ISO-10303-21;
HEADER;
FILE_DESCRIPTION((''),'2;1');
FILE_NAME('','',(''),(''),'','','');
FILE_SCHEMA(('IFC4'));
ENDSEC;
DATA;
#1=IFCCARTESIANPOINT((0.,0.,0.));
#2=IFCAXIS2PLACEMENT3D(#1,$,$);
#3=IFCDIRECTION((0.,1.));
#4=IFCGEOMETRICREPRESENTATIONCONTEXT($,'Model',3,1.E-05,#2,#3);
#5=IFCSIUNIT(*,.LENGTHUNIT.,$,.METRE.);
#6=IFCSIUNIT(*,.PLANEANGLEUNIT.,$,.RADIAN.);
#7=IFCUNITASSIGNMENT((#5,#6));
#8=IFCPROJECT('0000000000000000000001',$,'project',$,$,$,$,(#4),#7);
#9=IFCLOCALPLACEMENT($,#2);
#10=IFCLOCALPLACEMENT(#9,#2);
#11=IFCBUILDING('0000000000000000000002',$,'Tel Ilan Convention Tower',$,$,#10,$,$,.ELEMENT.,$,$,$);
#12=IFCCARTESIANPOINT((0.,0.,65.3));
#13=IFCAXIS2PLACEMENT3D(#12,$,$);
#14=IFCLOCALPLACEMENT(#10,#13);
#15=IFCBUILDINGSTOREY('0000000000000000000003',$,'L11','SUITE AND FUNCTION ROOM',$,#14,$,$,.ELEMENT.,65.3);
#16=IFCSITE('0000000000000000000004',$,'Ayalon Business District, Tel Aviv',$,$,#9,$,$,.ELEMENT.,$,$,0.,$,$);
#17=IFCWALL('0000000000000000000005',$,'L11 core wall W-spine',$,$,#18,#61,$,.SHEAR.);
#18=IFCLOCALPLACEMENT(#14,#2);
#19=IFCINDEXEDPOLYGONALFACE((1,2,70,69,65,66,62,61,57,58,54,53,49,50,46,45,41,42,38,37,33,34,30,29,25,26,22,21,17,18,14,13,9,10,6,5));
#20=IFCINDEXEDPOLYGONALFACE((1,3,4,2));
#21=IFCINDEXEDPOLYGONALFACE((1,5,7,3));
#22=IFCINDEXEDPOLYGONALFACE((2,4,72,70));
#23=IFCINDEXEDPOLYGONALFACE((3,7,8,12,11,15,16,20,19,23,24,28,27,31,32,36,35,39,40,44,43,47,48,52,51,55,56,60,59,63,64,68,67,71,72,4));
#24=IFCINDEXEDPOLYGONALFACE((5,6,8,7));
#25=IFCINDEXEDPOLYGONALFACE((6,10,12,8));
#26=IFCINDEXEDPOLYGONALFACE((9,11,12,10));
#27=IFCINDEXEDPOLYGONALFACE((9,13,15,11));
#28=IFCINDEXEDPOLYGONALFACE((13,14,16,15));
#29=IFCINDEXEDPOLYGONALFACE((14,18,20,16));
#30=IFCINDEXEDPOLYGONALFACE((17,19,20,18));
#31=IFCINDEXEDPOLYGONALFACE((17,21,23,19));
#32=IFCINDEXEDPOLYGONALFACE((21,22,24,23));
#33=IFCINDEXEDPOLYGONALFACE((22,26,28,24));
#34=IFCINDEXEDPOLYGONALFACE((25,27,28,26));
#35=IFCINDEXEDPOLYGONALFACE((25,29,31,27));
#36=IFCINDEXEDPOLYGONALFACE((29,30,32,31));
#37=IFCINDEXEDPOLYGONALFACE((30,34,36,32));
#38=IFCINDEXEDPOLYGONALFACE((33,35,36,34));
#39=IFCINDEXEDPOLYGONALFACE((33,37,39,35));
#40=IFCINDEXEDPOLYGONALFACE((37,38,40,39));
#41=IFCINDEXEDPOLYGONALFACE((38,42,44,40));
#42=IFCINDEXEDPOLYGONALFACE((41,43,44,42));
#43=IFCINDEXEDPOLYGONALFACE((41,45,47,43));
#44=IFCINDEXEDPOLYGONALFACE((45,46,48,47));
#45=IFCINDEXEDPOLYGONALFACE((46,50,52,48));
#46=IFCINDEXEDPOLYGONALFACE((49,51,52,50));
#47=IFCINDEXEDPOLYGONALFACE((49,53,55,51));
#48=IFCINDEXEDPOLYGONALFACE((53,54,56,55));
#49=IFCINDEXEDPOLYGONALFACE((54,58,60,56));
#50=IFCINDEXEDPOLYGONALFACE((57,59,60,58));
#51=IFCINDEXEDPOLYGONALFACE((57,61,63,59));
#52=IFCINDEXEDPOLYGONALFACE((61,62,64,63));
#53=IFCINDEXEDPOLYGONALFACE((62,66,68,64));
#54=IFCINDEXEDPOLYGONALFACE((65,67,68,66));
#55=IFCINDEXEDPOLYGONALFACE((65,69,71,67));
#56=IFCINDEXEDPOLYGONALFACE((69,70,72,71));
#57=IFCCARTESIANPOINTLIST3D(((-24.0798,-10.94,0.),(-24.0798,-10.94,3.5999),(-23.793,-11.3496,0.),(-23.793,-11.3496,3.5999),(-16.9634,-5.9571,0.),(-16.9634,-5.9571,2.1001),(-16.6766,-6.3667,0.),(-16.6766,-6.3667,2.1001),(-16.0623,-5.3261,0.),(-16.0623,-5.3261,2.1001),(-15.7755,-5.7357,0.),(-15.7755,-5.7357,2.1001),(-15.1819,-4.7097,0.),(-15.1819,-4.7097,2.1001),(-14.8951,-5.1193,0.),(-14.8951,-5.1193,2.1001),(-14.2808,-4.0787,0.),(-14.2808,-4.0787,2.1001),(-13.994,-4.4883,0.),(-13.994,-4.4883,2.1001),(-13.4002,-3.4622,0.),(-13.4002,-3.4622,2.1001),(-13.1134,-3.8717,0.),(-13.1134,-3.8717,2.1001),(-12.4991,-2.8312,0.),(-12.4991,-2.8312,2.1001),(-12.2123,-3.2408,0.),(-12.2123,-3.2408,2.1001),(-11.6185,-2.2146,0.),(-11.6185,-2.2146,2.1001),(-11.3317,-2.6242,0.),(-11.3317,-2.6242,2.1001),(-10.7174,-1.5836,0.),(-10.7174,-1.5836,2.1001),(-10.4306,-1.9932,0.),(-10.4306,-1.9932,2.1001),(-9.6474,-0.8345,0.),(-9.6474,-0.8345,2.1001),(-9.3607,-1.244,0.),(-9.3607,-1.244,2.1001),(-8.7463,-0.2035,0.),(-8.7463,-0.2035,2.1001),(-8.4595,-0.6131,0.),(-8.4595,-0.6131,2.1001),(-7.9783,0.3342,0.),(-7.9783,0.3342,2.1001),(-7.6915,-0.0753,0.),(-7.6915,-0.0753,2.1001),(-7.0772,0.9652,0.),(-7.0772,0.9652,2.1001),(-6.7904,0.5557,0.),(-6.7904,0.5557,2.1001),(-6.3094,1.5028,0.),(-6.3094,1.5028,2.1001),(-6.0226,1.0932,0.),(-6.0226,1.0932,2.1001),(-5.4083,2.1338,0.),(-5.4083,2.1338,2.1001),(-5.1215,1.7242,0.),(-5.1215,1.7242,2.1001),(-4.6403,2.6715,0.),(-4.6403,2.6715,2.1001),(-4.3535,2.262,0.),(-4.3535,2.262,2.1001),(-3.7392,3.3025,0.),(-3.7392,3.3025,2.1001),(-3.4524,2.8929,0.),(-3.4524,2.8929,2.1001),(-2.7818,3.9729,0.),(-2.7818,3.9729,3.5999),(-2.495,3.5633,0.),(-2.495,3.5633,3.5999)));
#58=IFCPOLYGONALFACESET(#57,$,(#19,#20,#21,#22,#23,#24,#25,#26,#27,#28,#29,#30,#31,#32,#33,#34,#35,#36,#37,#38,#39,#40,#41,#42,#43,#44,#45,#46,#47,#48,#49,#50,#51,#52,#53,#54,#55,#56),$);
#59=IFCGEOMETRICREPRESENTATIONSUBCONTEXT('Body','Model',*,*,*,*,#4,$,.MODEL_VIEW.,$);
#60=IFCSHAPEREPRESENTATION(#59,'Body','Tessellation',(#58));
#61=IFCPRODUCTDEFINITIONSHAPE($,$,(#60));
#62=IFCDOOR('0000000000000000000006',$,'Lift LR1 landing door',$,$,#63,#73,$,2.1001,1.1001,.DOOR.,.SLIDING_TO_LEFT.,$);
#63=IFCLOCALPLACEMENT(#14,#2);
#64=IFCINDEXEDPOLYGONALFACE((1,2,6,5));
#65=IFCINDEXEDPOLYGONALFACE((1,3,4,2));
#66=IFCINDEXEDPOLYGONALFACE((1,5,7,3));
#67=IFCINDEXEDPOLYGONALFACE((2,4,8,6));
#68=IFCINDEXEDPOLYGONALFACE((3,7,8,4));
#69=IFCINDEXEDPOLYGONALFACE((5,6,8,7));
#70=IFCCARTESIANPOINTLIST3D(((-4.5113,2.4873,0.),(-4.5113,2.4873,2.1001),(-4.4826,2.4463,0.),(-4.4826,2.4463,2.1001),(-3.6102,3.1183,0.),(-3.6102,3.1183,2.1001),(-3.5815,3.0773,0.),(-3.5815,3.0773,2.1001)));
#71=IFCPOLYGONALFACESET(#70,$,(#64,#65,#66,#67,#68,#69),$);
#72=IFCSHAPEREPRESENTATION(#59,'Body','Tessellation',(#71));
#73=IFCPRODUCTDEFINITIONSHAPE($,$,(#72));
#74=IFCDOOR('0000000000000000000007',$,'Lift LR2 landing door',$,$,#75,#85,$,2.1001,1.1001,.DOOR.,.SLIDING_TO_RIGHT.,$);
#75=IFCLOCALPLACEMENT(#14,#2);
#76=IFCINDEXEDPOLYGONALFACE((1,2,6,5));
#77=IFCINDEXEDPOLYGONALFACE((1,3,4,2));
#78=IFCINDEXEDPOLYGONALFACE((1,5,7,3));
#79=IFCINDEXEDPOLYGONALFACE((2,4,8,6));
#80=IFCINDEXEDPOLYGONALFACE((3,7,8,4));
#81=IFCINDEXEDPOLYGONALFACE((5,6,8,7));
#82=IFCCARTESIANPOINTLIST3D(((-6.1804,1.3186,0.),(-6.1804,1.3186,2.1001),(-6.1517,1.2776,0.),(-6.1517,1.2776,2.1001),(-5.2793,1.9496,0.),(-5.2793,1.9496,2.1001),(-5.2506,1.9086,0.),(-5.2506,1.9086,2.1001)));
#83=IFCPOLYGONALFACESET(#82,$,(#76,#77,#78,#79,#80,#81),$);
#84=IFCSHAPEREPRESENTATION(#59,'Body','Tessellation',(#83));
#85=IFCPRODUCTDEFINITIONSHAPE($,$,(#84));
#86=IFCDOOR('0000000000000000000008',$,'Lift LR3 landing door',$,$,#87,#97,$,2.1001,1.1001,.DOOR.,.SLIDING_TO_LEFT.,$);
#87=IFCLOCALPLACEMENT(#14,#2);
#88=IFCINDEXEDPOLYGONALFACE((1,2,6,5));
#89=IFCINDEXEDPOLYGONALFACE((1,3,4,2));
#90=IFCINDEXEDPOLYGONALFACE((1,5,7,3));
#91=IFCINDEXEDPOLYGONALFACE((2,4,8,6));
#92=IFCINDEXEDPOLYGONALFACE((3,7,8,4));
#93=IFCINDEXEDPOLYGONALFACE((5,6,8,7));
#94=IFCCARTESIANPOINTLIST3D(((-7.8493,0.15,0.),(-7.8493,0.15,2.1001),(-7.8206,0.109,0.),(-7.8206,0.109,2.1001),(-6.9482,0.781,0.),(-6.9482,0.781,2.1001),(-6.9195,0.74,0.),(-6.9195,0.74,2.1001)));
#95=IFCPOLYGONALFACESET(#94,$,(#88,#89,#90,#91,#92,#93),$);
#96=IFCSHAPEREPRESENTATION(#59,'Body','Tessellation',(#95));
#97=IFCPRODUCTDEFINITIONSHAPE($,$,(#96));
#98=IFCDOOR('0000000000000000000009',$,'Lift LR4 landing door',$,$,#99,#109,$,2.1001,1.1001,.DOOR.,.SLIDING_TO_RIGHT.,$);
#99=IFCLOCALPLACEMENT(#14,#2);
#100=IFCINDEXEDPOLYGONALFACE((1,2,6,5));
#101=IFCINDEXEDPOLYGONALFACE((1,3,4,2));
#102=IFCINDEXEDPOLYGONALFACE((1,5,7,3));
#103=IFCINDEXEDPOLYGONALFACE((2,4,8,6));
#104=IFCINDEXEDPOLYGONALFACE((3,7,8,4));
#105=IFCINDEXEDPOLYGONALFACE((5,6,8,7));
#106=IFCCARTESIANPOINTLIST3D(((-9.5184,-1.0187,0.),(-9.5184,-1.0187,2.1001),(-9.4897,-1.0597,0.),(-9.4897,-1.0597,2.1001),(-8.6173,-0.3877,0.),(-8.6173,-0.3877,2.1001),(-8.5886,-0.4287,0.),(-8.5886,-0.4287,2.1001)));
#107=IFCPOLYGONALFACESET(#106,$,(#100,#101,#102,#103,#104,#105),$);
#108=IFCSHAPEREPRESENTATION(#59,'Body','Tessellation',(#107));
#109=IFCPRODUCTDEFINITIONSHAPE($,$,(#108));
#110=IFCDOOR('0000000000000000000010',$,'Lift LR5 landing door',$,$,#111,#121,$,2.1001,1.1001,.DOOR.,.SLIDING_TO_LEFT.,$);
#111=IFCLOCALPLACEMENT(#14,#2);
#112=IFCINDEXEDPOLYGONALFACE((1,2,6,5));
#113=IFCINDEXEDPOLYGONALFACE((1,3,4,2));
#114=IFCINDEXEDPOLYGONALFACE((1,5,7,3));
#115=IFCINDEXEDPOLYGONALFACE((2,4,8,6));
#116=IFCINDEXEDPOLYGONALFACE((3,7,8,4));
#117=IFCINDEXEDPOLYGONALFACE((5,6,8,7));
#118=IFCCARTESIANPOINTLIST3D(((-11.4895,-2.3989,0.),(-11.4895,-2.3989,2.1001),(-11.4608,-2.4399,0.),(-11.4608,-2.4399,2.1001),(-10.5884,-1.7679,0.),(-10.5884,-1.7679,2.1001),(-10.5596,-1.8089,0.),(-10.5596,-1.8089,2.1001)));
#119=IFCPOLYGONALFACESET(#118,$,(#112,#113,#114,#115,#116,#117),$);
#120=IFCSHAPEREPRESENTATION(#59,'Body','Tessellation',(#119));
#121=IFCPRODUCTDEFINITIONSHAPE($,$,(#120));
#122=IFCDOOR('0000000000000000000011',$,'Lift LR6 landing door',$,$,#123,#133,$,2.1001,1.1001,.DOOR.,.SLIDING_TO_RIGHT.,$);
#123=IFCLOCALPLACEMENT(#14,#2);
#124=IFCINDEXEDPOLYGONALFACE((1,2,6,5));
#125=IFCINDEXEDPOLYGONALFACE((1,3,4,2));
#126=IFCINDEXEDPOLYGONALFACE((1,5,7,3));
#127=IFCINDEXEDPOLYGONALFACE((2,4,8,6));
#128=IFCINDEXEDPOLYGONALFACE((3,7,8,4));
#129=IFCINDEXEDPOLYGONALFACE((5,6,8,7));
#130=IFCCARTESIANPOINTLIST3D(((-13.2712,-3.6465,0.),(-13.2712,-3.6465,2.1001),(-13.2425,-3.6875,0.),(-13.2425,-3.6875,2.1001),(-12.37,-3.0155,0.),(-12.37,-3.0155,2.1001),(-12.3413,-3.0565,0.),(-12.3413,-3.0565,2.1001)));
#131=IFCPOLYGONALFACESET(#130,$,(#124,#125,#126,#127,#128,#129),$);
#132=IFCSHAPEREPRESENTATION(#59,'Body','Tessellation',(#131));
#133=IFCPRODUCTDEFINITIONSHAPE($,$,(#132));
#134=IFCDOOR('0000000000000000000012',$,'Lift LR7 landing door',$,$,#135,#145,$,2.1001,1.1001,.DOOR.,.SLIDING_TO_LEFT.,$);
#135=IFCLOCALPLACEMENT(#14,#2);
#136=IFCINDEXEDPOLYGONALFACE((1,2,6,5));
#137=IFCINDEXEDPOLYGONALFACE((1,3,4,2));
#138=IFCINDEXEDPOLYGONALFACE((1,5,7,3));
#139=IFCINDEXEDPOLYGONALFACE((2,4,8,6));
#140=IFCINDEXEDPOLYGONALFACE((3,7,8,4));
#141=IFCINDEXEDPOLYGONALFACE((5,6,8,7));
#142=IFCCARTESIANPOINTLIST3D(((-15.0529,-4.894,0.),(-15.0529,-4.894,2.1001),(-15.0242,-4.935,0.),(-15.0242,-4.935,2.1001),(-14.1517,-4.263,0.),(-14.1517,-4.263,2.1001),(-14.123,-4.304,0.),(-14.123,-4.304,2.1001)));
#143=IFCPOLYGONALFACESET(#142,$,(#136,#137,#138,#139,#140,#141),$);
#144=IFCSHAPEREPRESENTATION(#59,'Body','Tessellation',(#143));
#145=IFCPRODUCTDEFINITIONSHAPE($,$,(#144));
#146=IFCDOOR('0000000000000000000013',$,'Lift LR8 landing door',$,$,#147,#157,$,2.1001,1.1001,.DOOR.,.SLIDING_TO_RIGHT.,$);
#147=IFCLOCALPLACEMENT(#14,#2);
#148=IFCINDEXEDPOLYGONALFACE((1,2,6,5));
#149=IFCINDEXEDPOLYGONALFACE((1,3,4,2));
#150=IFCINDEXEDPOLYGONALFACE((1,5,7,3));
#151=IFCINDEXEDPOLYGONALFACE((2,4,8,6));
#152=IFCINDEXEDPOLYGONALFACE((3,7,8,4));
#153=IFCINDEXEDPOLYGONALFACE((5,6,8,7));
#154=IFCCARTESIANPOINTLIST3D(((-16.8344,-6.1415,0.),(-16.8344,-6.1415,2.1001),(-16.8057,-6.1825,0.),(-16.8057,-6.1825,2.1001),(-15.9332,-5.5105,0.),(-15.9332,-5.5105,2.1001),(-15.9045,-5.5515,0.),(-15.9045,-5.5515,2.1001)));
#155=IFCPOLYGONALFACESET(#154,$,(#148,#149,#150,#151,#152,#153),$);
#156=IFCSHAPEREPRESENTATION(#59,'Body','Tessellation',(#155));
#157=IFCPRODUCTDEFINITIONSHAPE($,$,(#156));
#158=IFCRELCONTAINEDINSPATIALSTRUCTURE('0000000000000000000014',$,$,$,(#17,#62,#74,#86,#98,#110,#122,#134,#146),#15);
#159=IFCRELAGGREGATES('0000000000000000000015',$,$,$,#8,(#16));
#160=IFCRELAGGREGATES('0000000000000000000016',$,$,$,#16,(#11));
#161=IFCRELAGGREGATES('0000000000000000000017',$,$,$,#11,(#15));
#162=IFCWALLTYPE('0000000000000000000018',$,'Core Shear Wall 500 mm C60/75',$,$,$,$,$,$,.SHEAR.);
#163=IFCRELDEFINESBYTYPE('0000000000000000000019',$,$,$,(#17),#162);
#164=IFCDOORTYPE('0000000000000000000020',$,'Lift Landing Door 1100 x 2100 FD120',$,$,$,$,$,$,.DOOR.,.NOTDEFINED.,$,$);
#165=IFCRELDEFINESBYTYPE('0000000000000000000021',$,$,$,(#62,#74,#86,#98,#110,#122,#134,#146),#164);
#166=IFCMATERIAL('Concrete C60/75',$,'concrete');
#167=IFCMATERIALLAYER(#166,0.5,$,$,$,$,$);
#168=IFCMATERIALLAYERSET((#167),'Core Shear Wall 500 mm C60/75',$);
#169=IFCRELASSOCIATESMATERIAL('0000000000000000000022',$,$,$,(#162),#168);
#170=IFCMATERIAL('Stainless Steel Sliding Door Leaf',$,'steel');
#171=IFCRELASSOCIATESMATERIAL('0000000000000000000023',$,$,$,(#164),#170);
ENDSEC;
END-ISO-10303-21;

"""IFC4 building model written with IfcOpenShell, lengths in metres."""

from ifc_helpers import new_model, si_unit, direction, frame, frame_2d, origin, place, context, subcontext, project, spatial, polyline, rectangle, outline, extrude, material, layer, layer_set, type_object, element, fill, save


model = new_model("IFC4")

# Units and contexts
model_context = context("Model", 3, precision=1e-05, world=origin(), true_north=direction((0.0, 1.0)))
body_context = subcontext(model_context, "Body", "Model", "MODEL_VIEW")
ifc_project = project(units=[si_unit("LENGTHUNIT", "METRE"), si_unit("PLANEANGLEUNIT", "RADIAN")], contexts=[model_context])

# Site, building, storey
site_placement = place(None, origin())
site = spatial("IfcSite", under=ifc_project, at=site_placement, Name="Ayalon Business District, Tel Aviv", CompositionType="ELEMENT", RefElevation=0.0)
building_placement = place(site_placement, origin())
building = spatial("IfcBuilding", under=site, at=building_placement, Name="Tel Ilan Convention Tower", CompositionType="ELEMENT")
storey_placement = place(building_placement, frame((0.0, 0.0, 65.3)))
storey = spatial("IfcBuildingStorey", under=building, at=storey_placement, Name="L11", Description="SUITE AND FUNCTION ROOM", CompositionType="ELEMENT", Elevation=65.3)

# Wall, openings, doors
ifc_material_1 = material(Name="Concrete C60/75", Category="concrete")
ifc_layer_1 = layer(ifc_material_1, 0.5)
ifc_layer_set_1 = layer_set([ifc_layer_1], Name="Core Shear Wall 500 mm C60/75")
wall_type_1 = type_object("IfcWallType", Name="Core Shear Wall 500 mm C60/75", PredefinedType="SHEAR", material=ifc_layer_set_1)
wall_1_placement = place(storey_placement, frame((-2.6384, 3.7681, 0.0), z_axis=(0.0, 0.0, 1.0), x_axis=(-0.819149, -0.573581, 0.0)))
wall_1 = element("IfcWall", 1, at=wall_1_placement, inside=storey, type_object=wall_type_1, Name="L11 core wall W-spine", PredefinedType="SHEAR", context=body_context, shape_type="SweptSolid", body=[
    extrude(outline(polyline([(26.0, 0.2498), (0.0, 0.25), (0.0, -0.25), (26.0, -0.2502), (26.0, 0.2498)])), origin(), (0.0, 0.0, 1.0), 3.5999),
])
opening_1_placement = place(wall_1_placement, frame((1.1687, 0.0, 0.0)))
opening_1 = element("IfcOpeningElement", 2, at=opening_1_placement, cuts=wall_1, PredefinedType="OPENING", context=body_context, shape_type="SweptSolid", body=[
    extrude(rectangle(XDim=1.1001, YDim=2.1001, at=frame_2d((0.55, 1.05))), frame((0.0, 0.26, 0.0), z_axis=(0.0, -1.0, 0.0), x_axis=(1.0, 0.0, 0.0)), (0.0, 0.0, 1.0), 0.52),
])
opening_2_placement = place(wall_1_placement, frame((3.2063, 0.0, 0.0)))
opening_2 = element("IfcOpeningElement", 3, at=opening_2_placement, cuts=wall_1, PredefinedType="OPENING", context=body_context, shape_type="SweptSolid", body=[
    extrude(rectangle(XDim=1.1001, YDim=2.1001, at=frame_2d((0.55, 1.05))), frame((0.0, 0.26, 0.0), z_axis=(0.0, -1.0, 0.0), x_axis=(1.0, 0.0, 0.0)), (0.0, 0.0, 1.0), 0.52),
])
opening_3_placement = place(wall_1_placement, frame((5.2437, 0.0, 0.0)))
opening_3 = element("IfcOpeningElement", 4, at=opening_3_placement, cuts=wall_1, PredefinedType="OPENING", context=body_context, shape_type="SweptSolid", body=[
    extrude(rectangle(XDim=1.1001, YDim=2.1001, at=frame_2d((0.55, 1.05))), frame((0.0, 0.26, 0.0), z_axis=(0.0, -1.0, 0.0), x_axis=(1.0, 0.0, 0.0)), (0.0, 0.0, 1.0), 0.52),
])
opening_4_placement = place(wall_1_placement, frame((7.2812, 0.0, 0.0)))
opening_4 = element("IfcOpeningElement", 5, at=opening_4_placement, cuts=wall_1, PredefinedType="OPENING", context=body_context, shape_type="SweptSolid", body=[
    extrude(rectangle(XDim=1.1001, YDim=2.1001, at=frame_2d((0.55, 1.05))), frame((0.0, 0.26, 0.0), z_axis=(0.0, -1.0, 0.0), x_axis=(1.0, 0.0, 0.0)), (0.0, 0.0, 1.0), 0.52),
])
opening_5_placement = place(wall_1_placement, frame((9.6875, 0.0, 0.0)))
opening_5 = element("IfcOpeningElement", 6, at=opening_5_placement, cuts=wall_1, PredefinedType="OPENING", context=body_context, shape_type="SweptSolid", body=[
    extrude(rectangle(XDim=1.1001, YDim=2.1001, at=frame_2d((0.55, 1.05))), frame((0.0, 0.26, 0.0), z_axis=(0.0, -1.0, 0.0), x_axis=(1.0, 0.0, 0.0)), (0.0, 0.0, 1.0), 0.52),
])
opening_6_placement = place(wall_1_placement, frame((11.8625, 0.0, 0.0)))
opening_6 = element("IfcOpeningElement", 7, at=opening_6_placement, cuts=wall_1, PredefinedType="OPENING", context=body_context, shape_type="SweptSolid", body=[
    extrude(rectangle(XDim=1.1001, YDim=2.1001, at=frame_2d((0.55, 1.05))), frame((0.0, 0.26, 0.0), z_axis=(0.0, -1.0, 0.0), x_axis=(1.0, 0.0, 0.0)), (0.0, 0.0, 1.0), 0.52),
])
opening_7_placement = place(wall_1_placement, frame((14.0376, 0.0, 0.0)))
opening_7 = element("IfcOpeningElement", 8, at=opening_7_placement, cuts=wall_1, PredefinedType="OPENING", context=body_context, shape_type="SweptSolid", body=[
    extrude(rectangle(XDim=1.1001, YDim=2.1001, at=frame_2d((0.55, 1.05))), frame((0.0, 0.26, 0.0), z_axis=(0.0, -1.0, 0.0), x_axis=(1.0, 0.0, 0.0)), (0.0, 0.0, 1.0), 0.52),
])
opening_8_placement = place(wall_1_placement, frame((16.2124, 0.0, 0.0)))
opening_8 = element("IfcOpeningElement", 9, at=opening_8_placement, cuts=wall_1, PredefinedType="OPENING", context=body_context, shape_type="SweptSolid", body=[
    extrude(rectangle(XDim=1.1001, YDim=2.1001, at=frame_2d((0.55, 1.05))), frame((0.0, 0.26, 0.0), z_axis=(0.0, -1.0, 0.0), x_axis=(1.0, 0.0, 0.0)), (0.0, 0.0, 1.0), 0.52),
])
ifc_material_2 = material(Name="Stainless Steel Sliding Door Leaf", Category="steel")
door_type = type_object("IfcDoorType", Name="Lift Landing Door 1100 x 2100 FD120", OperationType="NOTDEFINED", PredefinedType="DOOR", material=ifc_material_2)
door_1_placement = place(opening_1_placement, origin())
door_1 = element("IfcDoor", 10, at=door_1_placement, inside=storey, type_object=door_type, Name="Lift LR1 landing door", OperationType="SLIDING_TO_LEFT", OverallHeight=2.1001, OverallWidth=1.1001, PredefinedType="DOOR", context=body_context, shape_type="SweptSolid", body=[
    extrude(rectangle(XDim=1.1001, YDim=2.1001, at=frame_2d((0.55, 1.05))), frame((0.0, 0.0249, 0.0), z_axis=(0.0, -1.0, 0.0), x_axis=(1.0, 0.0, 0.0)), (0.0, 0.0, 1.0), 0.05),
])
fill(opening_1, door_1)
door_2_placement = place(opening_2_placement, origin())
door_2 = element("IfcDoor", 11, at=door_2_placement, inside=storey, type_object=door_type, Name="Lift LR2 landing door", OperationType="SLIDING_TO_RIGHT", OverallHeight=2.1001, OverallWidth=1.1001, PredefinedType="DOOR", context=body_context, shape_type="SweptSolid", body=[
    extrude(rectangle(XDim=1.1001, YDim=2.1001, at=frame_2d((0.55, 1.05))), frame((0.0, 0.0249, 0.0), z_axis=(0.0, -1.0, 0.0), x_axis=(1.0, 0.0, 0.0)), (0.0, 0.0, 1.0), 0.05),
])
fill(opening_2, door_2)
door_3_placement = place(opening_3_placement, origin())
door_3 = element("IfcDoor", 12, at=door_3_placement, inside=storey, type_object=door_type, Name="Lift LR3 landing door", OperationType="SLIDING_TO_LEFT", OverallHeight=2.1001, OverallWidth=1.1001, PredefinedType="DOOR", context=body_context, shape_type="SweptSolid", body=[
    extrude(rectangle(XDim=1.1001, YDim=2.1001, at=frame_2d((0.55, 1.05))), frame((0.0, 0.0249, 0.0), z_axis=(0.0, -1.0, 0.0), x_axis=(1.0, 0.0, 0.0)), (0.0, 0.0, 1.0), 0.05),
])
fill(opening_3, door_3)
door_4_placement = place(opening_4_placement, origin())
door_4 = element("IfcDoor", 13, at=door_4_placement, inside=storey, type_object=door_type, Name="Lift LR4 landing door", OperationType="SLIDING_TO_RIGHT", OverallHeight=2.1001, OverallWidth=1.1001, PredefinedType="DOOR", context=body_context, shape_type="SweptSolid", body=[
    extrude(rectangle(XDim=1.1001, YDim=2.1001, at=frame_2d((0.55, 1.05))), frame((0.0, 0.0249, 0.0), z_axis=(0.0, -1.0, 0.0), x_axis=(1.0, 0.0, 0.0)), (0.0, 0.0, 1.0), 0.05),
])
fill(opening_4, door_4)
door_5_placement = place(opening_5_placement, origin())
door_5 = element("IfcDoor", 14, at=door_5_placement, inside=storey, type_object=door_type, Name="Lift LR5 landing door", OperationType="SLIDING_TO_LEFT", OverallHeight=2.1001, OverallWidth=1.1001, PredefinedType="DOOR", context=body_context, shape_type="SweptSolid", body=[
    extrude(rectangle(XDim=1.1001, YDim=2.1001, at=frame_2d((0.55, 1.05))), frame((0.0, 0.0249, 0.0), z_axis=(0.0, -1.0, 0.0), x_axis=(1.0, 0.0, 0.0)), (0.0, 0.0, 1.0), 0.05),
])
fill(opening_5, door_5)
door_6_placement = place(opening_6_placement, origin())
door_6 = element("IfcDoor", 15, at=door_6_placement, inside=storey, type_object=door_type, Name="Lift LR6 landing door", OperationType="SLIDING_TO_RIGHT", OverallHeight=2.1001, OverallWidth=1.1001, PredefinedType="DOOR", context=body_context, shape_type="SweptSolid", body=[
    extrude(rectangle(XDim=1.1001, YDim=2.1001, at=frame_2d((0.55, 1.05))), frame((0.0, 0.0249, 0.0), z_axis=(0.0, -1.0, 0.0), x_axis=(1.0, 0.0, 0.0)), (0.0, 0.0, 1.0), 0.05),
])
fill(opening_6, door_6)
door_7_placement = place(opening_7_placement, origin())
door_7 = element("IfcDoor", 16, at=door_7_placement, inside=storey, type_object=door_type, Name="Lift LR7 landing door", OperationType="SLIDING_TO_LEFT", OverallHeight=2.1001, OverallWidth=1.1001, PredefinedType="DOOR", context=body_context, shape_type="SweptSolid", body=[
    extrude(rectangle(XDim=1.1001, YDim=2.1001, at=frame_2d((0.55, 1.05))), frame((0.0, 0.0249, 0.0), z_axis=(0.0, -1.0, 0.0), x_axis=(1.0, 0.0, 0.0)), (0.0, 0.0, 1.0), 0.05),
])
fill(opening_7, door_7)
door_8_placement = place(opening_8_placement, origin())
door_8 = element("IfcDoor", 17, at=door_8_placement, inside=storey, type_object=door_type, Name="Lift LR8 landing door", OperationType="SLIDING_TO_RIGHT", OverallHeight=2.1001, OverallWidth=1.1001, PredefinedType="DOOR", context=body_context, shape_type="SweptSolid", body=[
    extrude(rectangle(XDim=1.1001, YDim=2.1001, at=frame_2d((0.55, 1.05))), frame((0.0, 0.0249, 0.0), z_axis=(0.0, -1.0, 0.0), x_axis=(1.0, 0.0, 0.0)), (0.0, 0.0, 1.0), 0.05),
])
fill(opening_8, door_8)

save(model, "model.ifc")
